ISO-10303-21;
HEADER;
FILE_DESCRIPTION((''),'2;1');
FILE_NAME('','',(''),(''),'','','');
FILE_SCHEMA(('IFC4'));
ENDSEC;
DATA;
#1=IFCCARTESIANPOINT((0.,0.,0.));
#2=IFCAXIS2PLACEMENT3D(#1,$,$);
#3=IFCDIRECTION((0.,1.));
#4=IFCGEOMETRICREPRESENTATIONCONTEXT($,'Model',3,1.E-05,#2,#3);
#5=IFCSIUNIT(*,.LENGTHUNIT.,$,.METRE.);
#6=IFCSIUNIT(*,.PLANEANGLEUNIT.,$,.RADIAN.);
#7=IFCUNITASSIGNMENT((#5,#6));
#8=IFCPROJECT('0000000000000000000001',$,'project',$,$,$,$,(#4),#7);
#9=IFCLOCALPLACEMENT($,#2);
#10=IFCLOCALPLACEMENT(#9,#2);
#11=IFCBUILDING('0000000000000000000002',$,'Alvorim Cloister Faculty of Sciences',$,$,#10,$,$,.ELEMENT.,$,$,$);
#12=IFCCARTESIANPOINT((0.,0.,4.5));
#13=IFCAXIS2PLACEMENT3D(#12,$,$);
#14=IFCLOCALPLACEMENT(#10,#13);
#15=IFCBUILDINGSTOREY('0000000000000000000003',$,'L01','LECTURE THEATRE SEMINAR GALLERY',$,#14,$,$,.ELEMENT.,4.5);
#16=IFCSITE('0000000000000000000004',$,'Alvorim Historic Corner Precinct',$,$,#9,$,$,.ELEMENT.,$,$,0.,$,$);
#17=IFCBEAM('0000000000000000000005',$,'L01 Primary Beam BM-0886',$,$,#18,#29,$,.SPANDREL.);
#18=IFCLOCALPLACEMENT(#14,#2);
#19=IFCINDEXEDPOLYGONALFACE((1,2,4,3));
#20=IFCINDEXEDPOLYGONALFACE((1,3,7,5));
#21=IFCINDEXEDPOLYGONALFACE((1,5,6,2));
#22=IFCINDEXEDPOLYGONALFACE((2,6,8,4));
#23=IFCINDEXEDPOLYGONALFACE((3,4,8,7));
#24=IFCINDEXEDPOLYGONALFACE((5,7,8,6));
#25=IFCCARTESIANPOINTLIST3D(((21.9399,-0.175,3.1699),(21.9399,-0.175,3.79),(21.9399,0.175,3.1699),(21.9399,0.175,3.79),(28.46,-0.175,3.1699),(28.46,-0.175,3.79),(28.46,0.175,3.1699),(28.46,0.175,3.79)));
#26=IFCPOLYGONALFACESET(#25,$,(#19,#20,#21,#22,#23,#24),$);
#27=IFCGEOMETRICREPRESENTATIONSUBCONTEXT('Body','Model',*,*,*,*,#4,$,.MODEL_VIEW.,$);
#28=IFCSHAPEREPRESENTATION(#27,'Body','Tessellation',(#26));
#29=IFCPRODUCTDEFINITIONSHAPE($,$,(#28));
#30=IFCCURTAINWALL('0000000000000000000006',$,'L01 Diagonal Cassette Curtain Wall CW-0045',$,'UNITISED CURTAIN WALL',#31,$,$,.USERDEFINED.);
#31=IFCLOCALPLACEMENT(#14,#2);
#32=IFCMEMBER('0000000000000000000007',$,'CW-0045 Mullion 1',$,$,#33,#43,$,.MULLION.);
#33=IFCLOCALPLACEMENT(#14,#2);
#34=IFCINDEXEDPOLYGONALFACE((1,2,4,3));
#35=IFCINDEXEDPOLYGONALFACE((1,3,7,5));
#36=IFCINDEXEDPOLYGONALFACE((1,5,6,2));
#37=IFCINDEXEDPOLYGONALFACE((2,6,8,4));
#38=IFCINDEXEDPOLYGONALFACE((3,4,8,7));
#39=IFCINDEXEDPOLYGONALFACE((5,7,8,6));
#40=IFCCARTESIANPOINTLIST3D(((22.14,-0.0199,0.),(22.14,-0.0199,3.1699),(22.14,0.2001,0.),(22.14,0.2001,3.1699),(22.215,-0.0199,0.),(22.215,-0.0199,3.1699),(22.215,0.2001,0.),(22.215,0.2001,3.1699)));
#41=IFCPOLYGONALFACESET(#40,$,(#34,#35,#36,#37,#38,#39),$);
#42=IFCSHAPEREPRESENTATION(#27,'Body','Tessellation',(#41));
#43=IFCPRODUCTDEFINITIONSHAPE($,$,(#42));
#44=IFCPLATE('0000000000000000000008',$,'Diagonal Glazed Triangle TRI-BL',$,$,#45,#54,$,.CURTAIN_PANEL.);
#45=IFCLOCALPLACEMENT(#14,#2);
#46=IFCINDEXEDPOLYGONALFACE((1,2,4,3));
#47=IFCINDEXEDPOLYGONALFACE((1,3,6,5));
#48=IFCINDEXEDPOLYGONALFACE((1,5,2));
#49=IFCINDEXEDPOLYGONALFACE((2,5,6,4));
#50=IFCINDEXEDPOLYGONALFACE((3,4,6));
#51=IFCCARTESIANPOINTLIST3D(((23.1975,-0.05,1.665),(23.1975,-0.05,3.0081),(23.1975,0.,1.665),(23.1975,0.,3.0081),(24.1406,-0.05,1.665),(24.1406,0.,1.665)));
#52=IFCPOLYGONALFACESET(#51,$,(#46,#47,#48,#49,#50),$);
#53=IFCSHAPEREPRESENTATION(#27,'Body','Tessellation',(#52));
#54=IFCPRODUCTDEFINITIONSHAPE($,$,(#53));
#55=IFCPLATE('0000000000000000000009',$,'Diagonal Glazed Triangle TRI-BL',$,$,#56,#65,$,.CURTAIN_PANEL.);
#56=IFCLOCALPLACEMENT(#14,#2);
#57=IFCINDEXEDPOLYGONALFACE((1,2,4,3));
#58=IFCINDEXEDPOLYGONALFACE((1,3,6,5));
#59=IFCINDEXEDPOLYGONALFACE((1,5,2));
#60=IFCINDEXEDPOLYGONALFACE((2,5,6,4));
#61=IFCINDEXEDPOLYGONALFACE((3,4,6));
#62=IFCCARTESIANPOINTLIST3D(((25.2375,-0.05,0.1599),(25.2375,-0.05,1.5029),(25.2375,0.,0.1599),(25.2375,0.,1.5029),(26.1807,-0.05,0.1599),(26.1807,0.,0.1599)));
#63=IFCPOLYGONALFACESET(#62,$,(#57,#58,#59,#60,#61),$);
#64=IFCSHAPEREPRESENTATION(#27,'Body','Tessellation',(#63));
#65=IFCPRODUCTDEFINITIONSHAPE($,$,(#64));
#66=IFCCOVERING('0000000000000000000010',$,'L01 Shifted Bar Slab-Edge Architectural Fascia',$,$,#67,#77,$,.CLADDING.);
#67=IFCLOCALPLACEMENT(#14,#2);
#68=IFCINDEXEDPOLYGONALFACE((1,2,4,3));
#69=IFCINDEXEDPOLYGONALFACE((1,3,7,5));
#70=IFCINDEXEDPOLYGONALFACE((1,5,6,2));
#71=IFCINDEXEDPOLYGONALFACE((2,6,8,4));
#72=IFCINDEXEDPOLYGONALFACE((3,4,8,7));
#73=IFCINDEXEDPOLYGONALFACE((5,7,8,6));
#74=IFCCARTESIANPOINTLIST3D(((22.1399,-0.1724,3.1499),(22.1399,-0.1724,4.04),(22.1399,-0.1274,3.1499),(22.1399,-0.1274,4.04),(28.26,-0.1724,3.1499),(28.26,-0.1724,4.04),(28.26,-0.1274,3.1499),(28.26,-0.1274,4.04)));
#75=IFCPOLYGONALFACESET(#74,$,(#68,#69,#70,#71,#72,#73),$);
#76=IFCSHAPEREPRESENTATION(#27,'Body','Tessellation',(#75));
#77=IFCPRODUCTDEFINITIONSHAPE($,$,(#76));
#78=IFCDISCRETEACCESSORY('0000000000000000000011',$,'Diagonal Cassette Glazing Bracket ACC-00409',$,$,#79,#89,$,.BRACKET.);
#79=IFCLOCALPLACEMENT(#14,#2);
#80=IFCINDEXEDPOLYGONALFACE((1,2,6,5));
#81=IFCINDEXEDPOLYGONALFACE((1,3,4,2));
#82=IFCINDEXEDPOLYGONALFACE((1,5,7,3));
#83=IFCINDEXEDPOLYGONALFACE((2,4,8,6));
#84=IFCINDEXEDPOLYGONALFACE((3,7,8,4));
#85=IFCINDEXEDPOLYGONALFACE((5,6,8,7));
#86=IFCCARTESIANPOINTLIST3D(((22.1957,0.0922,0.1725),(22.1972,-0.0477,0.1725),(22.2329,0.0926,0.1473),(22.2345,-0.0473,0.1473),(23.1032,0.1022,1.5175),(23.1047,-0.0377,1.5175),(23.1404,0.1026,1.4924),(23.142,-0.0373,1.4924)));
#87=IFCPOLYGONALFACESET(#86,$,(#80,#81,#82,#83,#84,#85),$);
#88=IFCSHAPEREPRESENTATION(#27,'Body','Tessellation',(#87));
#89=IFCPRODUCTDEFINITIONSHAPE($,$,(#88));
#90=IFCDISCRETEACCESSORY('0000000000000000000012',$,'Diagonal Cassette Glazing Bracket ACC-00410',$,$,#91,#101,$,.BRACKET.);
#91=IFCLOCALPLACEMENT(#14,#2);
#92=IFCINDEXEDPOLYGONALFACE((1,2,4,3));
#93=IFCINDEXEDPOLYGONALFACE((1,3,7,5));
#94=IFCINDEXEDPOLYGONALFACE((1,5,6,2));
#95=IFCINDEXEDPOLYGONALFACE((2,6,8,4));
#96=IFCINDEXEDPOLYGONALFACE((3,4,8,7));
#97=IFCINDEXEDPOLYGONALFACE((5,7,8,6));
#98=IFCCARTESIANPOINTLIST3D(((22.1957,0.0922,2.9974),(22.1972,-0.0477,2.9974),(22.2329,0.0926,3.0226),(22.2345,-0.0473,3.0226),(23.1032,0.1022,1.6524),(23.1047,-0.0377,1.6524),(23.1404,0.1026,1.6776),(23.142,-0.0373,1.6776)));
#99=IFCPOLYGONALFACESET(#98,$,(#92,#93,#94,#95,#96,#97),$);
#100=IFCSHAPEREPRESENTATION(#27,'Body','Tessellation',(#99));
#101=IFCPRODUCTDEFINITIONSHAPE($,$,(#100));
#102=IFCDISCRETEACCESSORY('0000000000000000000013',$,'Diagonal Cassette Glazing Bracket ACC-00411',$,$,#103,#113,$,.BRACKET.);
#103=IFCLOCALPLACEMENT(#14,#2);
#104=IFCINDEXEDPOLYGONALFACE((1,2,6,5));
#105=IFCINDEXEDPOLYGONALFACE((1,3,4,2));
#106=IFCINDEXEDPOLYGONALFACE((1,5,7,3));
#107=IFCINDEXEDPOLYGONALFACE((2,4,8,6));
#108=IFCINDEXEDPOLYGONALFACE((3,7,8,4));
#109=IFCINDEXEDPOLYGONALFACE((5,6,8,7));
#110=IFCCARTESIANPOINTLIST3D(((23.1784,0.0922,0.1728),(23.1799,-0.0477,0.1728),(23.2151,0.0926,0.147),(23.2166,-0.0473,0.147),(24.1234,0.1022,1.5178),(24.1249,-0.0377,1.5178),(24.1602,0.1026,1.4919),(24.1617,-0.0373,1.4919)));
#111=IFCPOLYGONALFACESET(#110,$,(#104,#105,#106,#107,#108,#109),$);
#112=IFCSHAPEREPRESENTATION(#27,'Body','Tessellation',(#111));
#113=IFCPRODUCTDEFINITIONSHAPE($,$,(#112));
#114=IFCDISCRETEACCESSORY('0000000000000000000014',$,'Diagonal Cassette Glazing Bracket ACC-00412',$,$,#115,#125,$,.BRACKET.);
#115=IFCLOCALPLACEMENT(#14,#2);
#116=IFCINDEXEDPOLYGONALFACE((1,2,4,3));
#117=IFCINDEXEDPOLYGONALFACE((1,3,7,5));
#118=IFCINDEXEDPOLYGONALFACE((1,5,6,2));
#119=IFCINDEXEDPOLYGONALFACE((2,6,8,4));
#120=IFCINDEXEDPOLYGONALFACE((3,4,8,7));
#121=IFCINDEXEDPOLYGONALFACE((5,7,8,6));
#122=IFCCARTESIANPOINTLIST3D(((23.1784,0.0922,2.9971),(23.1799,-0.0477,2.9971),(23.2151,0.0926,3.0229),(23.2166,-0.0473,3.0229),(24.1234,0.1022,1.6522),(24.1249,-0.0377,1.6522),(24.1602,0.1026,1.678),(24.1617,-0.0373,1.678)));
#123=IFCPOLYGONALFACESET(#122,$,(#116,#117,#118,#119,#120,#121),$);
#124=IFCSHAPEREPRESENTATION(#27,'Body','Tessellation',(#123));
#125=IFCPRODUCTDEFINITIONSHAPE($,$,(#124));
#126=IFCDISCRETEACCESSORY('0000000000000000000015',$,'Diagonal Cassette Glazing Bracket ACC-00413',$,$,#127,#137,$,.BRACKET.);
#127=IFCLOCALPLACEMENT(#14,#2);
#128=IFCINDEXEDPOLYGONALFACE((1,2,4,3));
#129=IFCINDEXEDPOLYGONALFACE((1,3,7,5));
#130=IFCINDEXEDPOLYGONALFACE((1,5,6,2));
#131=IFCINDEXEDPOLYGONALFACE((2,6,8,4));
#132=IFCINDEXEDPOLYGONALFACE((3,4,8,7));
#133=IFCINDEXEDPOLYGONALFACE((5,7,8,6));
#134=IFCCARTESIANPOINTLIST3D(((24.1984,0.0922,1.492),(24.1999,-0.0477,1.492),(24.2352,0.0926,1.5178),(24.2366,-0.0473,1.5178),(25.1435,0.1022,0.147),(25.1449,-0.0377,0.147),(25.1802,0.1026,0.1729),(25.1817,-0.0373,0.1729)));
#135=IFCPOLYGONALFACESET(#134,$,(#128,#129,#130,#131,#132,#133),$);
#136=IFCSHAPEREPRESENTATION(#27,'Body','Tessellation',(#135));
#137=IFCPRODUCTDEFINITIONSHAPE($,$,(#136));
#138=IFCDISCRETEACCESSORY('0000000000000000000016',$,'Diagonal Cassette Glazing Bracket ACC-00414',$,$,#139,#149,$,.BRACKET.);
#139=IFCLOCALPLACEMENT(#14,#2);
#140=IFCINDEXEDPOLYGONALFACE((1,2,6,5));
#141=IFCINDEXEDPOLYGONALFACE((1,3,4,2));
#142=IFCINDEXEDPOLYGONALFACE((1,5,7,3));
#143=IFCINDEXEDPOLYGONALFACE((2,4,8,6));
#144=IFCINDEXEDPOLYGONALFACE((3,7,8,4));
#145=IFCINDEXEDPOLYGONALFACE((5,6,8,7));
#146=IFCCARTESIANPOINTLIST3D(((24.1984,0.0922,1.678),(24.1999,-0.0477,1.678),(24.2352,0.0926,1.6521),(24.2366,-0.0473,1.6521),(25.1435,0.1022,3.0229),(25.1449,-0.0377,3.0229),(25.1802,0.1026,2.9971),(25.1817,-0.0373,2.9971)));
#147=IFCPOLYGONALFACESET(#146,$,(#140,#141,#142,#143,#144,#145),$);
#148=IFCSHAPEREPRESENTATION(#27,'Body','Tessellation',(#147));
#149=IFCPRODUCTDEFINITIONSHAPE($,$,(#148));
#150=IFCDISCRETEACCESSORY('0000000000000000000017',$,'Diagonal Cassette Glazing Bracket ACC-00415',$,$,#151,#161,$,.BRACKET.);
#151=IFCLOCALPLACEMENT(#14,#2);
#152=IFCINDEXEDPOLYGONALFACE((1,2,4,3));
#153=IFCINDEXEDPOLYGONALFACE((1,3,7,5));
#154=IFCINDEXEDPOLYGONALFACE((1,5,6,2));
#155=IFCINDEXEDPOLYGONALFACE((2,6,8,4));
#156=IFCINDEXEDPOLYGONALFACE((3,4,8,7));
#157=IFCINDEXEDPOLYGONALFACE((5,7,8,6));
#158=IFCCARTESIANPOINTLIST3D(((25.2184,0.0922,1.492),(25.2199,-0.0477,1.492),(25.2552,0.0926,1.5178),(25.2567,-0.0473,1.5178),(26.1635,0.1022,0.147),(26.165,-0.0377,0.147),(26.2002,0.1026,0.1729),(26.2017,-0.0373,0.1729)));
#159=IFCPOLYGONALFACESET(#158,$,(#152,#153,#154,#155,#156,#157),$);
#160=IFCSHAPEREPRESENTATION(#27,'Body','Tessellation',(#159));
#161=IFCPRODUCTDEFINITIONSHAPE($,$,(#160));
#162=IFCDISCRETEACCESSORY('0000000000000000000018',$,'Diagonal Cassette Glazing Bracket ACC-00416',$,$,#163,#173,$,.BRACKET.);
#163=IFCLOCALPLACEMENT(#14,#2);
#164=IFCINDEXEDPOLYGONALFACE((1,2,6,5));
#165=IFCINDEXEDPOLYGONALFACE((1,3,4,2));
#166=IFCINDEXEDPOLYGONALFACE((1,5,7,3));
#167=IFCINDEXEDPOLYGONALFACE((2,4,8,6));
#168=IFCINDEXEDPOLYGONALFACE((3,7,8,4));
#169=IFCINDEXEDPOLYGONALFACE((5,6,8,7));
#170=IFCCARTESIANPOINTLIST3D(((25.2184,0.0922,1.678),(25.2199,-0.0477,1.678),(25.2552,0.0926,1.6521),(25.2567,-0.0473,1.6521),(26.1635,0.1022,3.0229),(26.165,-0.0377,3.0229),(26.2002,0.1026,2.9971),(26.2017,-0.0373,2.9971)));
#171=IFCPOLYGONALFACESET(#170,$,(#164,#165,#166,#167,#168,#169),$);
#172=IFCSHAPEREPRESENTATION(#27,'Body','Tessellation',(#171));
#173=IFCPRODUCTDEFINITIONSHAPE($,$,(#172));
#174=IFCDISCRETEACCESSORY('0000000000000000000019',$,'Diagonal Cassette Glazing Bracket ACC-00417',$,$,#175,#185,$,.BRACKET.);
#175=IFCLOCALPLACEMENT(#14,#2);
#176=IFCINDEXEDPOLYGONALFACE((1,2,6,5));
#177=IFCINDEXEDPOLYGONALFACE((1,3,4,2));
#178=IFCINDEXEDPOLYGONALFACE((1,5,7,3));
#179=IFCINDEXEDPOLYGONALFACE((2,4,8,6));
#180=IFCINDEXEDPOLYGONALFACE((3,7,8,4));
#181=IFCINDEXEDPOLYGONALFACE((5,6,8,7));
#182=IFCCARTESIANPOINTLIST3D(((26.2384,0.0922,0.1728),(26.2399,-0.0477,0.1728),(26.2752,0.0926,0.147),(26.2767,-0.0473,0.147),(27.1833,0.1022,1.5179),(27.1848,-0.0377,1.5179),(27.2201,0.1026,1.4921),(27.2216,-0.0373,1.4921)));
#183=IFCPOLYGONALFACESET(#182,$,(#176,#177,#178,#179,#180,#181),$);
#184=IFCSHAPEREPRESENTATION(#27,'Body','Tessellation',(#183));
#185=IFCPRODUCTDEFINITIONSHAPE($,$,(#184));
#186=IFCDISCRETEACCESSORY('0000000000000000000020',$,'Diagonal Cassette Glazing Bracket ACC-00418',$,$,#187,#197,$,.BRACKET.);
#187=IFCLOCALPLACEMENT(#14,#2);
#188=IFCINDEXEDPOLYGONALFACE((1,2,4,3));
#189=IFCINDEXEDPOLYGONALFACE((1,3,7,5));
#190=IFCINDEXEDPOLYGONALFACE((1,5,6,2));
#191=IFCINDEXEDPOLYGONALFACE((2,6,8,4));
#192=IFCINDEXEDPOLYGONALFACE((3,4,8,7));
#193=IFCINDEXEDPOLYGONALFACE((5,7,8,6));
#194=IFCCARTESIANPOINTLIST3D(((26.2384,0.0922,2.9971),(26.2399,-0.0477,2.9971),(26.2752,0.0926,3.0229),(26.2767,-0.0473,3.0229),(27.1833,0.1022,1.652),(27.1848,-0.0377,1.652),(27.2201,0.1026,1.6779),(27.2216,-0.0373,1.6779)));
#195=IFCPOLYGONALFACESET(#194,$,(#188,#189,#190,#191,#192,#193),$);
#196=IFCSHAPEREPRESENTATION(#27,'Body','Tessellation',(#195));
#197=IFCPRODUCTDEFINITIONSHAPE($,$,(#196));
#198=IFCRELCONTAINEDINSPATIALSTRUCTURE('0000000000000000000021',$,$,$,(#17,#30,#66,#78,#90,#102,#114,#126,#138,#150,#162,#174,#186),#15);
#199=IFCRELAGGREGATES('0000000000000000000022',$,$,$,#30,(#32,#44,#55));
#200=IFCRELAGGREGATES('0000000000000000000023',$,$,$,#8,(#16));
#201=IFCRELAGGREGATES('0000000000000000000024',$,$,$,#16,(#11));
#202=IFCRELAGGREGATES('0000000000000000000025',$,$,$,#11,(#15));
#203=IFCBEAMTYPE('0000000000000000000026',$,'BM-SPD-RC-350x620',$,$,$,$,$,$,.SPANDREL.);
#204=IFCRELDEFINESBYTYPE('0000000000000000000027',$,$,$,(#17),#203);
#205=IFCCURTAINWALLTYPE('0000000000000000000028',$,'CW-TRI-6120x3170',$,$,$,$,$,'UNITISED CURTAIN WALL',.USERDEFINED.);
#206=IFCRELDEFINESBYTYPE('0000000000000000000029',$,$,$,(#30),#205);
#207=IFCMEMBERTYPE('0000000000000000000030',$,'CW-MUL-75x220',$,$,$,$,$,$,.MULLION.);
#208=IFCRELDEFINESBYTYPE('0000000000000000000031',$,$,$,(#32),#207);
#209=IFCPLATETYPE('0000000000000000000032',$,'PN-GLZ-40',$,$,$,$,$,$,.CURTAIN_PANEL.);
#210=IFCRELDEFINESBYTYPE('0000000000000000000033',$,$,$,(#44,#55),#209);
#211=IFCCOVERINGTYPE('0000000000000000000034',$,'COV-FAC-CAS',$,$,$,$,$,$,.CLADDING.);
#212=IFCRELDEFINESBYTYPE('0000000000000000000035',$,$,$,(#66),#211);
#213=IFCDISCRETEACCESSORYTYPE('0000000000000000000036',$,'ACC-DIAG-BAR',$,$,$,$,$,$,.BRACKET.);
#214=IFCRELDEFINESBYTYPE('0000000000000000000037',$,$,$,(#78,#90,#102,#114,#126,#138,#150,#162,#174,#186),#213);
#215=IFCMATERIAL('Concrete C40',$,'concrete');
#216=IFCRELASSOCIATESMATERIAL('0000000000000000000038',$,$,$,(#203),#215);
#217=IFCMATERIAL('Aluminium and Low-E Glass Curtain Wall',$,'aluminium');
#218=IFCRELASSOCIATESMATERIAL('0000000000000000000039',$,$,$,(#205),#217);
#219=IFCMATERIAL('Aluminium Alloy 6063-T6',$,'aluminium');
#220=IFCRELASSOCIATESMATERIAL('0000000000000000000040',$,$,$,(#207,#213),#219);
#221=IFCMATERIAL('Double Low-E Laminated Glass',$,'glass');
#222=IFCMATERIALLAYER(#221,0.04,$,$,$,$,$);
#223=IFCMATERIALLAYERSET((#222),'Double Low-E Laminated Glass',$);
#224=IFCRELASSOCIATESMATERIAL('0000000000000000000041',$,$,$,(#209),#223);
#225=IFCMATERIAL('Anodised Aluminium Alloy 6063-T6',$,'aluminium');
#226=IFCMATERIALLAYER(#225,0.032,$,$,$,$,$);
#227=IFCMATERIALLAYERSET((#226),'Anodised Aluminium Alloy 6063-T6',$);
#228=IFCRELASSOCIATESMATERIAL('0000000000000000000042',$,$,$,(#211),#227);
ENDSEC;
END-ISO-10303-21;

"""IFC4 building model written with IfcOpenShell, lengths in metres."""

from ifc_helpers import new_model, si_unit, direction, frame, origin, origin_2d, place, context, subcontext, project, spatial, polyline, rectangle, outline, extrude, material, layer, layer_set, material_profile, profile_set, type_object, element, aggregate, save


model = new_model("IFC4")

# Units and contexts
model_context = context("Model", 3, precision=1e-05, world=origin(), true_north=direction((0.0, 1.0)))
body_context = subcontext(model_context, "Body", "Model", "MODEL_VIEW")
ifc_project = project(units=[si_unit("LENGTHUNIT", "METRE"), si_unit("PLANEANGLEUNIT", "RADIAN")], contexts=[model_context])

# Site, building, storey
site_placement = place(None, origin())
site = spatial("IfcSite", under=ifc_project, at=site_placement, Name="Alvorim Historic Corner Precinct", CompositionType="ELEMENT", RefElevation=0.0)
building_placement = place(site_placement, origin())
building = spatial("IfcBuilding", under=site, at=building_placement, Name="Alvorim Cloister Faculty of Sciences", CompositionType="ELEMENT")
storey_placement = place(building_placement, frame((0.0, 0.0, 4.5)))
storey = spatial("IfcBuildingStorey", under=building, at=storey_placement, Name="L01", Description="LECTURE THEATRE SEMINAR GALLERY", CompositionType="ELEMENT", Elevation=4.5)

# Beam
ifc_material_1 = material(Name="Concrete C40", Category="concrete")
ifc_material_profile_1 = material_profile(ifc_material_1, rectangle(XDim=0.3501, YDim=0.6201, at=origin_2d()), Name="RC40-SPD-350x620")
ifc_profile_set_1 = profile_set([ifc_material_profile_1], Name="Concrete C40")
beam_type = type_object("IfcBeamType", Name="BM-SPD-RC-350x620", PredefinedType="SPANDREL", material=ifc_profile_set_1)
beam_placement = place(storey_placement, frame((21.9399, 0.0, 3.48), z_axis=(1.0, 0.0, 0.0), x_axis=(0.0, 1.0, 0.0)))
element("IfcBeam", 1, at=beam_placement, inside=storey, type_object=beam_type, Name="L01 Primary Beam BM-0886", PredefinedType="SPANDREL", context=body_context, shape_type="SweptSolid", body=[
    extrude(rectangle(XDim=0.3501, YDim=0.6201, at=origin_2d()), origin(), (0.0, 0.0, 1.0), 6.52),
])

# Curtain wall, member, plates
ifc_material_2 = material(Name="Aluminium and Low-E Glass Curtain Wall", Category="aluminium")
curtain_wall_type = type_object("IfcCurtainWallType", Name="CW-TRI-6120x3170", ElementType="UNITISED CURTAIN WALL", PredefinedType="USERDEFINED", material=ifc_material_2)
curtain_wall_placement = place(storey_placement, origin())
curtain_wall = element("IfcCurtainWall", 2, at=curtain_wall_placement, inside=storey, type_object=curtain_wall_type, Name="L01 Diagonal Cassette Curtain Wall CW-0045", ObjectType="UNITISED CURTAIN WALL", PredefinedType="USERDEFINED")
ifc_material_3 = material(Name="Aluminium Alloy 6063-T6", Category="aluminium")
ifc_material_profile_2 = material_profile(ifc_material_3, rectangle(XDim=0.075, YDim=0.22, at=origin_2d()), Name="ALU-MUL-75x220")
ifc_profile_set_2 = profile_set([ifc_material_profile_2], Name="Aluminium Alloy 6063-T6")
member_type = type_object("IfcMemberType", Name="CW-MUL-75x220", PredefinedType="MULLION", material=ifc_profile_set_2)
member_placement = place(storey_placement, frame((22.1775, 0.0901, 0.0), z_axis=(0.0, 0.0, 1.0), x_axis=(1.0, 0.0, 0.0)))
member = element("IfcMember", 3, at=member_placement, type_object=member_type, Name="CW-0045 Mullion 1", PredefinedType="MULLION", context=body_context, shape_type="SweptSolid", body=[
    extrude(rectangle(XDim=0.075, YDim=0.22, at=origin_2d()), origin(), (0.0, 0.0, 1.0), 3.1699),
])
ifc_material_4 = material(Name="Double Low-E Laminated Glass", Category="glass")
ifc_layer_1 = layer(ifc_material_4, 0.04)
ifc_layer_set_1 = layer_set([ifc_layer_1], Name="Double Low-E Laminated Glass")
plate_type = type_object("IfcPlateType", Name="PN-GLZ-40", PredefinedType="CURTAIN_PANEL", material=ifc_layer_set_1)
plate_1_placement = place(storey_placement, frame((23.1975, -0.0249, 1.665), z_axis=(0.0, 0.0, 1.0), x_axis=(1.0, 0.0, 0.0)))
plate_1 = element("IfcPlate", 4, at=plate_1_placement, type_object=plate_type, Name="Diagonal Glazed Triangle TRI-BL", PredefinedType="CURTAIN_PANEL", context=body_context, shape_type="SweptSolid", body=[
    extrude(outline(polyline([(0.0, 0.0), (0.9431, 0.0), (0.0, 1.343), (0.0, 0.0)])), frame((0.0, 0.0249, 0.0), z_axis=(0.0, -1.0, 0.0), x_axis=(1.0, 0.0, 0.0)), (0.0, 0.0, 1.0), 0.05),
])
plate_2_placement = place(storey_placement, frame((25.2375, -0.0249, 0.1599), z_axis=(0.0, 0.0, 1.0), x_axis=(1.0, 0.0, 0.0)))
plate_2 = element("IfcPlate", 5, at=plate_2_placement, type_object=plate_type, Name="Diagonal Glazed Triangle TRI-BL", PredefinedType="CURTAIN_PANEL", context=body_context, shape_type="SweptSolid", body=[
    extrude(outline(polyline([(0.0, 0.0), (0.9431, 0.0), (0.0, 1.343), (0.0, 0.0)])), frame((0.0, 0.0249, 0.0), z_axis=(0.0, -1.0, 0.0), x_axis=(1.0, 0.0, 0.0)), (0.0, 0.0, 1.0), 0.05),
])
aggregate(curtain_wall, [member, plate_1, plate_2])

# Covering
ifc_material_5 = material(Name="Anodised Aluminium Alloy 6063-T6", Category="aluminium")
ifc_layer_2 = layer(ifc_material_5, 0.032)
ifc_layer_set_2 = layer_set([ifc_layer_2], Name="Anodised Aluminium Alloy 6063-T6")
covering_type = type_object("IfcCoveringType", Name="COV-FAC-CAS", PredefinedType="CLADDING", material=ifc_layer_set_2)
covering_placement = place(storey_placement, frame((22.1399, -0.1499, 3.1499), z_axis=(0.0, 0.0, 1.0), x_axis=(1.0, 0.0, 0.0)))
element("IfcCovering", 6, at=covering_placement, inside=storey, type_object=covering_type, Name="L01 Shifted Bar Slab-Edge Architectural Fascia", PredefinedType="CLADDING", context=body_context, shape_type="SweptSolid", body=[
    extrude(outline(polyline([(0.0, 0.0), (6.1201, 0.0), (6.1201, 0.8901), (0.0, 0.8901), (0.0, 0.0)])), frame((0.0, 0.0225, 0.0), z_axis=(0.0, -1.0, 0.0), x_axis=(1.0, 0.0, 0.0)), (0.0, 0.0, 1.0), 0.0449),
])

# Discrete accessories
discrete_accessory_type = type_object("IfcDiscreteAccessoryType", Name="ACC-DIAG-BAR", PredefinedType="BRACKET", material=ifc_material_3)
for number, where, z_axis, x_axis, name in (
    (7, (22.2151, 0.0225, 0.1599), (0.559299, 0.006169, 0.828943), (-0.01103, 0.999939, 0.0), "Diagonal Cassette Glazing Bracket ACC-00409"),
    (8, (22.2151, 0.0225, 3.01), (0.559299, 0.006169, -0.828943), (-0.01103, 0.999939, 0.0), "Diagonal Cassette Glazing Bracket ACC-00410"),
):
    element("IfcDiscreteAccessory", number, at=place(storey_placement, frame(where, z_axis=z_axis, x_axis=x_axis)), inside=storey, type_object=discrete_accessory_type, Name=name, PredefinedType="BRACKET", context=body_context, shape_type="SweptSolid", body=[
        extrude(rectangle(XDim=0.1399, YDim=0.0449, at=origin_2d()), origin(), (0.0, 0.0, 1.0), 1.6226),
    ])
for number, where, z_axis, x_axis, name in (
    (9, (23.1975, 0.0225, 0.1599), (0.574916, 0.006089, 0.81819), (-0.010591, 0.999944, 0.0), "Diagonal Cassette Glazing Bracket ACC-00411"),
    (10, (23.1975, 0.0225, 3.01), (0.574916, 0.006089, -0.81819), (-0.010591, 0.999944, 0.0), "Diagonal Cassette Glazing Bracket ACC-00412"),
    (11, (24.2175, 0.0225, 1.5049), (0.574916, 0.006089, -0.81819), (-0.010591, 0.999944, 0.0), "Diagonal Cassette Glazing Bracket ACC-00413"),
    (12, (24.2175, 0.0225, 1.665), (0.574916, 0.006089, 0.81819), (-0.010591, 0.999944, 0.0), "Diagonal Cassette Glazing Bracket ACC-00414"),
    (13, (25.2375, 0.0225, 1.5049), (0.574916, 0.006089, -0.81819), (-0.010591, 0.999944, 0.0), "Diagonal Cassette Glazing Bracket ACC-00415"),
    (14, (25.2375, 0.0225, 1.665), (0.574916, 0.006089, 0.81819), (-0.010591, 0.999944, 0.0), "Diagonal Cassette Glazing Bracket ACC-00416"),
    (15, (26.2576, 0.0225, 0.1599), (0.574817, 0.00609, 0.81826), (-0.010594, 0.999944, 0.0), "Diagonal Cassette Glazing Bracket ACC-00417"),
    (16, (26.2576, 0.0225, 3.01), (0.574817, 0.00609, -0.81826), (-0.010594, 0.999944, 0.0), "Diagonal Cassette Glazing Bracket ACC-00418"),
):
    element("IfcDiscreteAccessory", number, at=place(storey_placement, frame(where, z_axis=z_axis, x_axis=x_axis)), inside=storey, type_object=discrete_accessory_type, Name=name, PredefinedType="BRACKET", context=body_context, shape_type="SweptSolid", body=[
        extrude(rectangle(XDim=0.1399, YDim=0.0449, at=origin_2d()), origin(), (0.0, 0.0, 1.0), 1.6438),
    ])

save(model, "model.ifc")
